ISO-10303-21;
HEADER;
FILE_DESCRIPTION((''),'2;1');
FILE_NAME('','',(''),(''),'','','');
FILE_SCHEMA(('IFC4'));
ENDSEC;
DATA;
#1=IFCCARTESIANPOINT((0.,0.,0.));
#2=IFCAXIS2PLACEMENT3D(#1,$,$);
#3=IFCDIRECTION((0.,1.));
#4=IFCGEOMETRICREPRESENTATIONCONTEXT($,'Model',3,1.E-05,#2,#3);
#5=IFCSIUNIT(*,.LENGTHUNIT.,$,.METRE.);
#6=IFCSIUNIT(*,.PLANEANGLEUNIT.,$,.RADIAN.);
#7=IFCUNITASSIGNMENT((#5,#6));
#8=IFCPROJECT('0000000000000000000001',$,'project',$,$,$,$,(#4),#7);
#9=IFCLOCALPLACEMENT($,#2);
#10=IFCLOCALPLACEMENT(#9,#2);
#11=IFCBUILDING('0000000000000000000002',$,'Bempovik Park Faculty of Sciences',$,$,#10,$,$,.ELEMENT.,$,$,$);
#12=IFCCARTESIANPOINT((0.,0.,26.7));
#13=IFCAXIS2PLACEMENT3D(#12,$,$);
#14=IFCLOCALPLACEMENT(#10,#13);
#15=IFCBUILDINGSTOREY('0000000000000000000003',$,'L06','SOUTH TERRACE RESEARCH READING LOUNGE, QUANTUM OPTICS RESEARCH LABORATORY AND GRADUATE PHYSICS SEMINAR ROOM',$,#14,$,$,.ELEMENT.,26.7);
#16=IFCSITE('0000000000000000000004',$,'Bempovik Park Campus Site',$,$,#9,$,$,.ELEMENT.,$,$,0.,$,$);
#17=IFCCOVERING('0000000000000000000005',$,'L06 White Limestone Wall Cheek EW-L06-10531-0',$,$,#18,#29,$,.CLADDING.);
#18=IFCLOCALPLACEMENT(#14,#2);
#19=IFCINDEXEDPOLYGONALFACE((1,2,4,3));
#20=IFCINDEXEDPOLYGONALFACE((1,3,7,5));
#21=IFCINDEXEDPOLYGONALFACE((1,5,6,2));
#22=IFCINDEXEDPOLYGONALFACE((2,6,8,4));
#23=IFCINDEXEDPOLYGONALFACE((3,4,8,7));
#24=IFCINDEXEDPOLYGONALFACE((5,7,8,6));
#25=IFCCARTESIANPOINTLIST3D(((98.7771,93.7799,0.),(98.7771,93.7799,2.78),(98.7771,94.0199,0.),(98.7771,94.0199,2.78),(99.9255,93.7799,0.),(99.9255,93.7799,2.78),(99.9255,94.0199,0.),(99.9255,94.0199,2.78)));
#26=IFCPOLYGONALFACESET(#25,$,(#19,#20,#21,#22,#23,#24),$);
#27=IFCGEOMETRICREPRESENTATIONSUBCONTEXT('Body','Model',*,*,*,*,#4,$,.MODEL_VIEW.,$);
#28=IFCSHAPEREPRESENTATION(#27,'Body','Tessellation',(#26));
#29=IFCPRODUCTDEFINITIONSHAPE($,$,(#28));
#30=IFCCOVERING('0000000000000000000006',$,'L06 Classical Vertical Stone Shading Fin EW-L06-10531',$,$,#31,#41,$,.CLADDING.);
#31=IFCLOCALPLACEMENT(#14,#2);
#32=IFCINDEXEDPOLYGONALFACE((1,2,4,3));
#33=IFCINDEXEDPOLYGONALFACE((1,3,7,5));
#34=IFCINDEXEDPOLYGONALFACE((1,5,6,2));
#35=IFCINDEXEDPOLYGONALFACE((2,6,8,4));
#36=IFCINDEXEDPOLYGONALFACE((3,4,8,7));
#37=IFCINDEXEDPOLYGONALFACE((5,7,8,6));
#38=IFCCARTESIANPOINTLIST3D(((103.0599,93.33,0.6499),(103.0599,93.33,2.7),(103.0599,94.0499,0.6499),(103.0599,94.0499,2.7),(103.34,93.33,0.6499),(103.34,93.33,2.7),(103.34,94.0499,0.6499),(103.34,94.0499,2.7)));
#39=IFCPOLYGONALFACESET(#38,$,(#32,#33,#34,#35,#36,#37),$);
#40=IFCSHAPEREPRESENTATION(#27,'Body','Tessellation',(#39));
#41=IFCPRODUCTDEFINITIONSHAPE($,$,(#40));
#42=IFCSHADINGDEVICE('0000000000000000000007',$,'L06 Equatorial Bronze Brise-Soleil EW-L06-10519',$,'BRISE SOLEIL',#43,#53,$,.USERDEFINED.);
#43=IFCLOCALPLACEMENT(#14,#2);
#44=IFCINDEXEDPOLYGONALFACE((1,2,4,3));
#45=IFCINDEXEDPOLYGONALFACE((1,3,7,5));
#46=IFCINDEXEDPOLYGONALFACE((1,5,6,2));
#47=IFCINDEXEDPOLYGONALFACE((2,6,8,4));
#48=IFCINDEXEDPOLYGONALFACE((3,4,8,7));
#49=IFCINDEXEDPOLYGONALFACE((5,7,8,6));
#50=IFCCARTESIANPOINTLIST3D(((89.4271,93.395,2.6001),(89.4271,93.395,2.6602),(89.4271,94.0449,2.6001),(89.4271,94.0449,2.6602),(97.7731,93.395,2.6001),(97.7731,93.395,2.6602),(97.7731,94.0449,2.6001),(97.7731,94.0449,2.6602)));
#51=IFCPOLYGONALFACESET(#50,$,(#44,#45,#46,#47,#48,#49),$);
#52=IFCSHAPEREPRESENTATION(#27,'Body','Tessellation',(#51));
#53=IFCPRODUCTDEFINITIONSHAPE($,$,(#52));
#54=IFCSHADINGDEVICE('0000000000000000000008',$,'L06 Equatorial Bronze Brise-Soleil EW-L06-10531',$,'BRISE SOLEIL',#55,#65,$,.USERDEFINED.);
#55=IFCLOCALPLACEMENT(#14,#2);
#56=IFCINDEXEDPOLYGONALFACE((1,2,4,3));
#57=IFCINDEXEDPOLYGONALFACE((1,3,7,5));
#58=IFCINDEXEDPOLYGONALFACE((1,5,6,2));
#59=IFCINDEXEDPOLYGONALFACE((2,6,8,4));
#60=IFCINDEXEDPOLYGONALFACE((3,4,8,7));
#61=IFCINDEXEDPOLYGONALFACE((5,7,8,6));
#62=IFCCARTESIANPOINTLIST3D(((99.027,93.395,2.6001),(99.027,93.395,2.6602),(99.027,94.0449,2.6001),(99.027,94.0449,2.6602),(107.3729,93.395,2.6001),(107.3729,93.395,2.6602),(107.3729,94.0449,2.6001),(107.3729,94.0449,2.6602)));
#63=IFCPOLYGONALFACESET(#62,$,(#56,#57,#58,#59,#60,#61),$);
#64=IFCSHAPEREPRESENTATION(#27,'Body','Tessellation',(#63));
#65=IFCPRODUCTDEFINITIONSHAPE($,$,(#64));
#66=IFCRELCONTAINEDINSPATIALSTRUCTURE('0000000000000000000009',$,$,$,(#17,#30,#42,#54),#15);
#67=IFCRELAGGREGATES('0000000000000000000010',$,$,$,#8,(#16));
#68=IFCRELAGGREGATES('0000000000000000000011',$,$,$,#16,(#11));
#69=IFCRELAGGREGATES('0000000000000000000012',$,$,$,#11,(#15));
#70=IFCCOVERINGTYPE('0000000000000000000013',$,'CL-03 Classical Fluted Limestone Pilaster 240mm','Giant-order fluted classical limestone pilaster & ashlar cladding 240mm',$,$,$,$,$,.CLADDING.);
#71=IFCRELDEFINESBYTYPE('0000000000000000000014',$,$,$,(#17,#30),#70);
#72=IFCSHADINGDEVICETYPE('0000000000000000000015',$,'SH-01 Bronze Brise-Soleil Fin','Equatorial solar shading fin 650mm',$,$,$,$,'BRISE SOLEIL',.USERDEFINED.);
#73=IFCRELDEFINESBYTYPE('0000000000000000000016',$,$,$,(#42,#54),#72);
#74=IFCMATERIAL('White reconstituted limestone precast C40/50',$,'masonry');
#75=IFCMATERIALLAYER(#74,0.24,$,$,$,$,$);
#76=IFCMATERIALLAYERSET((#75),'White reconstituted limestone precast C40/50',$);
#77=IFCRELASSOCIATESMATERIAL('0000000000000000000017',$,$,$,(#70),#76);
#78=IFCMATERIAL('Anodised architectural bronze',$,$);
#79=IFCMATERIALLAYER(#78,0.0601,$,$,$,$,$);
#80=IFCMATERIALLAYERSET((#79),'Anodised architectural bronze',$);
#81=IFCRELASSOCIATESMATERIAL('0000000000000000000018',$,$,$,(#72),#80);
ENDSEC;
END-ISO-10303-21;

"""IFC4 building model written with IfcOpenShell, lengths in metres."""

from ifc_helpers import new_model, si_unit, direction, frame, origin, origin_2d, place, context, subcontext, project, spatial, rectangle, extrude, material, layer, layer_set, type_object, element, save


model = new_model("IFC4")

# Units and contexts
model_context = context("Model", 3, precision=1e-05, world=origin(), true_north=direction((0.0, 1.0)))
body_context = subcontext(model_context, "Body", "Model", "MODEL_VIEW")
ifc_project = project(units=[si_unit("LENGTHUNIT", "METRE"), si_unit("PLANEANGLEUNIT", "RADIAN")], contexts=[model_context])

# Site, building, storey
site_placement = place(None, origin())
site = spatial("IfcSite", under=ifc_project, at=site_placement, Name="Bempovik Park Campus Site", CompositionType="ELEMENT", RefElevation=0.0)
building_placement = place(site_placement, origin())
building = spatial("IfcBuilding", under=site, at=building_placement, Name="Bempovik Park Faculty of Sciences", CompositionType="ELEMENT")
storey_placement = place(building_placement, frame((0.0, 0.0, 26.7)))
storey = spatial("IfcBuildingStorey", under=building, at=storey_placement, Name="L06", Description="SOUTH TERRACE RESEARCH READING LOUNGE, QUANTUM OPTICS RESEARCH LABORATORY AND GRADUATE PHYSICS SEMINAR ROOM", CompositionType="ELEMENT", Elevation=26.7)

# Coverings
ifc_material_1 = material(Name="White reconstituted limestone precast C40/50", Category="masonry")
ifc_layer_1 = layer(ifc_material_1, 0.24)
ifc_layer_set_1 = layer_set([ifc_layer_1], Name="White reconstituted limestone precast C40/50")
covering_type_1 = type_object("IfcCoveringType", Name="CL-03 Classical Fluted Limestone Pilaster 240mm", Description="Giant-order fluted classical limestone pilaster & ashlar cladding 240mm", PredefinedType="CLADDING", material=ifc_layer_set_1)
covering_1_placement = place(storey_placement, frame((99.3513, 93.8999, 0.0), z_axis=(0.0, 0.0, 1.0), x_axis=(1.0, 0.0, 0.0)))
element("IfcCovering", 1, at=covering_1_placement, inside=storey, type_object=covering_type_1, Name="L06 White Limestone Wall Cheek EW-L06-10531-0", PredefinedType="CLADDING", context=body_context, shape_type="SweptSolid", body=[
    extrude(rectangle(XDim=1.1484, YDim=0.24, at=origin_2d()), origin(), (0.0, 0.0, 1.0), 2.78),
])
covering_2_placement = place(storey_placement, frame((103.2, 93.6899, 0.6499), z_axis=(0.0, 0.0, 1.0), x_axis=(1.0, 0.0, 0.0)))
element("IfcCovering", 2, at=covering_2_placement, inside=storey, type_object=covering_type_1, Name="L06 Classical Vertical Stone Shading Fin EW-L06-10531", PredefinedType="CLADDING", context=body_context, shape_type="SweptSolid", body=[
    extrude(rectangle(XDim=0.28, YDim=0.72, at=origin_2d()), origin(), (0.0, 0.0, 1.0), 2.05),
])

# Shading devices
ifc_material_2 = material(Name="Anodised architectural bronze")
ifc_layer_2 = layer(ifc_material_2, 0.0601)
ifc_layer_set_2 = layer_set([ifc_layer_2], Name="Anodised architectural bronze")
shading_device_type = type_object("IfcShadingDeviceType", Name="SH-01 Bronze Brise-Soleil Fin", Description="Equatorial solar shading fin 650mm", ElementType="BRISE SOLEIL", PredefinedType="USERDEFINED", material=ifc_layer_set_2)
for number, where, z_axis, x_axis, name in (
    (3, (93.6001, 93.72, 2.6001), (0.0, 0.0, 1.0), (1.0, 0.0, 0.0), "L06 Equatorial Bronze Brise-Soleil EW-L06-10519"),
    (4, (103.2, 93.72, 2.6001), (0.0, 0.0, 1.0), (1.0, 0.0, 0.0), "L06 Equatorial Bronze Brise-Soleil EW-L06-10531"),
):
    element("IfcShadingDevice", number, at=place(storey_placement, frame(where, z_axis=z_axis, x_axis=x_axis)), inside=storey, type_object=shading_device_type, Name=name, ObjectType="BRISE SOLEIL", PredefinedType="USERDEFINED", context=body_context, shape_type="SweptSolid", body=[
        extrude(rectangle(XDim=8.3459, YDim=0.6499, at=origin_2d()), origin(), (0.0, 0.0, 1.0), 0.0601),
    ])

save(model, "model.ifc")
